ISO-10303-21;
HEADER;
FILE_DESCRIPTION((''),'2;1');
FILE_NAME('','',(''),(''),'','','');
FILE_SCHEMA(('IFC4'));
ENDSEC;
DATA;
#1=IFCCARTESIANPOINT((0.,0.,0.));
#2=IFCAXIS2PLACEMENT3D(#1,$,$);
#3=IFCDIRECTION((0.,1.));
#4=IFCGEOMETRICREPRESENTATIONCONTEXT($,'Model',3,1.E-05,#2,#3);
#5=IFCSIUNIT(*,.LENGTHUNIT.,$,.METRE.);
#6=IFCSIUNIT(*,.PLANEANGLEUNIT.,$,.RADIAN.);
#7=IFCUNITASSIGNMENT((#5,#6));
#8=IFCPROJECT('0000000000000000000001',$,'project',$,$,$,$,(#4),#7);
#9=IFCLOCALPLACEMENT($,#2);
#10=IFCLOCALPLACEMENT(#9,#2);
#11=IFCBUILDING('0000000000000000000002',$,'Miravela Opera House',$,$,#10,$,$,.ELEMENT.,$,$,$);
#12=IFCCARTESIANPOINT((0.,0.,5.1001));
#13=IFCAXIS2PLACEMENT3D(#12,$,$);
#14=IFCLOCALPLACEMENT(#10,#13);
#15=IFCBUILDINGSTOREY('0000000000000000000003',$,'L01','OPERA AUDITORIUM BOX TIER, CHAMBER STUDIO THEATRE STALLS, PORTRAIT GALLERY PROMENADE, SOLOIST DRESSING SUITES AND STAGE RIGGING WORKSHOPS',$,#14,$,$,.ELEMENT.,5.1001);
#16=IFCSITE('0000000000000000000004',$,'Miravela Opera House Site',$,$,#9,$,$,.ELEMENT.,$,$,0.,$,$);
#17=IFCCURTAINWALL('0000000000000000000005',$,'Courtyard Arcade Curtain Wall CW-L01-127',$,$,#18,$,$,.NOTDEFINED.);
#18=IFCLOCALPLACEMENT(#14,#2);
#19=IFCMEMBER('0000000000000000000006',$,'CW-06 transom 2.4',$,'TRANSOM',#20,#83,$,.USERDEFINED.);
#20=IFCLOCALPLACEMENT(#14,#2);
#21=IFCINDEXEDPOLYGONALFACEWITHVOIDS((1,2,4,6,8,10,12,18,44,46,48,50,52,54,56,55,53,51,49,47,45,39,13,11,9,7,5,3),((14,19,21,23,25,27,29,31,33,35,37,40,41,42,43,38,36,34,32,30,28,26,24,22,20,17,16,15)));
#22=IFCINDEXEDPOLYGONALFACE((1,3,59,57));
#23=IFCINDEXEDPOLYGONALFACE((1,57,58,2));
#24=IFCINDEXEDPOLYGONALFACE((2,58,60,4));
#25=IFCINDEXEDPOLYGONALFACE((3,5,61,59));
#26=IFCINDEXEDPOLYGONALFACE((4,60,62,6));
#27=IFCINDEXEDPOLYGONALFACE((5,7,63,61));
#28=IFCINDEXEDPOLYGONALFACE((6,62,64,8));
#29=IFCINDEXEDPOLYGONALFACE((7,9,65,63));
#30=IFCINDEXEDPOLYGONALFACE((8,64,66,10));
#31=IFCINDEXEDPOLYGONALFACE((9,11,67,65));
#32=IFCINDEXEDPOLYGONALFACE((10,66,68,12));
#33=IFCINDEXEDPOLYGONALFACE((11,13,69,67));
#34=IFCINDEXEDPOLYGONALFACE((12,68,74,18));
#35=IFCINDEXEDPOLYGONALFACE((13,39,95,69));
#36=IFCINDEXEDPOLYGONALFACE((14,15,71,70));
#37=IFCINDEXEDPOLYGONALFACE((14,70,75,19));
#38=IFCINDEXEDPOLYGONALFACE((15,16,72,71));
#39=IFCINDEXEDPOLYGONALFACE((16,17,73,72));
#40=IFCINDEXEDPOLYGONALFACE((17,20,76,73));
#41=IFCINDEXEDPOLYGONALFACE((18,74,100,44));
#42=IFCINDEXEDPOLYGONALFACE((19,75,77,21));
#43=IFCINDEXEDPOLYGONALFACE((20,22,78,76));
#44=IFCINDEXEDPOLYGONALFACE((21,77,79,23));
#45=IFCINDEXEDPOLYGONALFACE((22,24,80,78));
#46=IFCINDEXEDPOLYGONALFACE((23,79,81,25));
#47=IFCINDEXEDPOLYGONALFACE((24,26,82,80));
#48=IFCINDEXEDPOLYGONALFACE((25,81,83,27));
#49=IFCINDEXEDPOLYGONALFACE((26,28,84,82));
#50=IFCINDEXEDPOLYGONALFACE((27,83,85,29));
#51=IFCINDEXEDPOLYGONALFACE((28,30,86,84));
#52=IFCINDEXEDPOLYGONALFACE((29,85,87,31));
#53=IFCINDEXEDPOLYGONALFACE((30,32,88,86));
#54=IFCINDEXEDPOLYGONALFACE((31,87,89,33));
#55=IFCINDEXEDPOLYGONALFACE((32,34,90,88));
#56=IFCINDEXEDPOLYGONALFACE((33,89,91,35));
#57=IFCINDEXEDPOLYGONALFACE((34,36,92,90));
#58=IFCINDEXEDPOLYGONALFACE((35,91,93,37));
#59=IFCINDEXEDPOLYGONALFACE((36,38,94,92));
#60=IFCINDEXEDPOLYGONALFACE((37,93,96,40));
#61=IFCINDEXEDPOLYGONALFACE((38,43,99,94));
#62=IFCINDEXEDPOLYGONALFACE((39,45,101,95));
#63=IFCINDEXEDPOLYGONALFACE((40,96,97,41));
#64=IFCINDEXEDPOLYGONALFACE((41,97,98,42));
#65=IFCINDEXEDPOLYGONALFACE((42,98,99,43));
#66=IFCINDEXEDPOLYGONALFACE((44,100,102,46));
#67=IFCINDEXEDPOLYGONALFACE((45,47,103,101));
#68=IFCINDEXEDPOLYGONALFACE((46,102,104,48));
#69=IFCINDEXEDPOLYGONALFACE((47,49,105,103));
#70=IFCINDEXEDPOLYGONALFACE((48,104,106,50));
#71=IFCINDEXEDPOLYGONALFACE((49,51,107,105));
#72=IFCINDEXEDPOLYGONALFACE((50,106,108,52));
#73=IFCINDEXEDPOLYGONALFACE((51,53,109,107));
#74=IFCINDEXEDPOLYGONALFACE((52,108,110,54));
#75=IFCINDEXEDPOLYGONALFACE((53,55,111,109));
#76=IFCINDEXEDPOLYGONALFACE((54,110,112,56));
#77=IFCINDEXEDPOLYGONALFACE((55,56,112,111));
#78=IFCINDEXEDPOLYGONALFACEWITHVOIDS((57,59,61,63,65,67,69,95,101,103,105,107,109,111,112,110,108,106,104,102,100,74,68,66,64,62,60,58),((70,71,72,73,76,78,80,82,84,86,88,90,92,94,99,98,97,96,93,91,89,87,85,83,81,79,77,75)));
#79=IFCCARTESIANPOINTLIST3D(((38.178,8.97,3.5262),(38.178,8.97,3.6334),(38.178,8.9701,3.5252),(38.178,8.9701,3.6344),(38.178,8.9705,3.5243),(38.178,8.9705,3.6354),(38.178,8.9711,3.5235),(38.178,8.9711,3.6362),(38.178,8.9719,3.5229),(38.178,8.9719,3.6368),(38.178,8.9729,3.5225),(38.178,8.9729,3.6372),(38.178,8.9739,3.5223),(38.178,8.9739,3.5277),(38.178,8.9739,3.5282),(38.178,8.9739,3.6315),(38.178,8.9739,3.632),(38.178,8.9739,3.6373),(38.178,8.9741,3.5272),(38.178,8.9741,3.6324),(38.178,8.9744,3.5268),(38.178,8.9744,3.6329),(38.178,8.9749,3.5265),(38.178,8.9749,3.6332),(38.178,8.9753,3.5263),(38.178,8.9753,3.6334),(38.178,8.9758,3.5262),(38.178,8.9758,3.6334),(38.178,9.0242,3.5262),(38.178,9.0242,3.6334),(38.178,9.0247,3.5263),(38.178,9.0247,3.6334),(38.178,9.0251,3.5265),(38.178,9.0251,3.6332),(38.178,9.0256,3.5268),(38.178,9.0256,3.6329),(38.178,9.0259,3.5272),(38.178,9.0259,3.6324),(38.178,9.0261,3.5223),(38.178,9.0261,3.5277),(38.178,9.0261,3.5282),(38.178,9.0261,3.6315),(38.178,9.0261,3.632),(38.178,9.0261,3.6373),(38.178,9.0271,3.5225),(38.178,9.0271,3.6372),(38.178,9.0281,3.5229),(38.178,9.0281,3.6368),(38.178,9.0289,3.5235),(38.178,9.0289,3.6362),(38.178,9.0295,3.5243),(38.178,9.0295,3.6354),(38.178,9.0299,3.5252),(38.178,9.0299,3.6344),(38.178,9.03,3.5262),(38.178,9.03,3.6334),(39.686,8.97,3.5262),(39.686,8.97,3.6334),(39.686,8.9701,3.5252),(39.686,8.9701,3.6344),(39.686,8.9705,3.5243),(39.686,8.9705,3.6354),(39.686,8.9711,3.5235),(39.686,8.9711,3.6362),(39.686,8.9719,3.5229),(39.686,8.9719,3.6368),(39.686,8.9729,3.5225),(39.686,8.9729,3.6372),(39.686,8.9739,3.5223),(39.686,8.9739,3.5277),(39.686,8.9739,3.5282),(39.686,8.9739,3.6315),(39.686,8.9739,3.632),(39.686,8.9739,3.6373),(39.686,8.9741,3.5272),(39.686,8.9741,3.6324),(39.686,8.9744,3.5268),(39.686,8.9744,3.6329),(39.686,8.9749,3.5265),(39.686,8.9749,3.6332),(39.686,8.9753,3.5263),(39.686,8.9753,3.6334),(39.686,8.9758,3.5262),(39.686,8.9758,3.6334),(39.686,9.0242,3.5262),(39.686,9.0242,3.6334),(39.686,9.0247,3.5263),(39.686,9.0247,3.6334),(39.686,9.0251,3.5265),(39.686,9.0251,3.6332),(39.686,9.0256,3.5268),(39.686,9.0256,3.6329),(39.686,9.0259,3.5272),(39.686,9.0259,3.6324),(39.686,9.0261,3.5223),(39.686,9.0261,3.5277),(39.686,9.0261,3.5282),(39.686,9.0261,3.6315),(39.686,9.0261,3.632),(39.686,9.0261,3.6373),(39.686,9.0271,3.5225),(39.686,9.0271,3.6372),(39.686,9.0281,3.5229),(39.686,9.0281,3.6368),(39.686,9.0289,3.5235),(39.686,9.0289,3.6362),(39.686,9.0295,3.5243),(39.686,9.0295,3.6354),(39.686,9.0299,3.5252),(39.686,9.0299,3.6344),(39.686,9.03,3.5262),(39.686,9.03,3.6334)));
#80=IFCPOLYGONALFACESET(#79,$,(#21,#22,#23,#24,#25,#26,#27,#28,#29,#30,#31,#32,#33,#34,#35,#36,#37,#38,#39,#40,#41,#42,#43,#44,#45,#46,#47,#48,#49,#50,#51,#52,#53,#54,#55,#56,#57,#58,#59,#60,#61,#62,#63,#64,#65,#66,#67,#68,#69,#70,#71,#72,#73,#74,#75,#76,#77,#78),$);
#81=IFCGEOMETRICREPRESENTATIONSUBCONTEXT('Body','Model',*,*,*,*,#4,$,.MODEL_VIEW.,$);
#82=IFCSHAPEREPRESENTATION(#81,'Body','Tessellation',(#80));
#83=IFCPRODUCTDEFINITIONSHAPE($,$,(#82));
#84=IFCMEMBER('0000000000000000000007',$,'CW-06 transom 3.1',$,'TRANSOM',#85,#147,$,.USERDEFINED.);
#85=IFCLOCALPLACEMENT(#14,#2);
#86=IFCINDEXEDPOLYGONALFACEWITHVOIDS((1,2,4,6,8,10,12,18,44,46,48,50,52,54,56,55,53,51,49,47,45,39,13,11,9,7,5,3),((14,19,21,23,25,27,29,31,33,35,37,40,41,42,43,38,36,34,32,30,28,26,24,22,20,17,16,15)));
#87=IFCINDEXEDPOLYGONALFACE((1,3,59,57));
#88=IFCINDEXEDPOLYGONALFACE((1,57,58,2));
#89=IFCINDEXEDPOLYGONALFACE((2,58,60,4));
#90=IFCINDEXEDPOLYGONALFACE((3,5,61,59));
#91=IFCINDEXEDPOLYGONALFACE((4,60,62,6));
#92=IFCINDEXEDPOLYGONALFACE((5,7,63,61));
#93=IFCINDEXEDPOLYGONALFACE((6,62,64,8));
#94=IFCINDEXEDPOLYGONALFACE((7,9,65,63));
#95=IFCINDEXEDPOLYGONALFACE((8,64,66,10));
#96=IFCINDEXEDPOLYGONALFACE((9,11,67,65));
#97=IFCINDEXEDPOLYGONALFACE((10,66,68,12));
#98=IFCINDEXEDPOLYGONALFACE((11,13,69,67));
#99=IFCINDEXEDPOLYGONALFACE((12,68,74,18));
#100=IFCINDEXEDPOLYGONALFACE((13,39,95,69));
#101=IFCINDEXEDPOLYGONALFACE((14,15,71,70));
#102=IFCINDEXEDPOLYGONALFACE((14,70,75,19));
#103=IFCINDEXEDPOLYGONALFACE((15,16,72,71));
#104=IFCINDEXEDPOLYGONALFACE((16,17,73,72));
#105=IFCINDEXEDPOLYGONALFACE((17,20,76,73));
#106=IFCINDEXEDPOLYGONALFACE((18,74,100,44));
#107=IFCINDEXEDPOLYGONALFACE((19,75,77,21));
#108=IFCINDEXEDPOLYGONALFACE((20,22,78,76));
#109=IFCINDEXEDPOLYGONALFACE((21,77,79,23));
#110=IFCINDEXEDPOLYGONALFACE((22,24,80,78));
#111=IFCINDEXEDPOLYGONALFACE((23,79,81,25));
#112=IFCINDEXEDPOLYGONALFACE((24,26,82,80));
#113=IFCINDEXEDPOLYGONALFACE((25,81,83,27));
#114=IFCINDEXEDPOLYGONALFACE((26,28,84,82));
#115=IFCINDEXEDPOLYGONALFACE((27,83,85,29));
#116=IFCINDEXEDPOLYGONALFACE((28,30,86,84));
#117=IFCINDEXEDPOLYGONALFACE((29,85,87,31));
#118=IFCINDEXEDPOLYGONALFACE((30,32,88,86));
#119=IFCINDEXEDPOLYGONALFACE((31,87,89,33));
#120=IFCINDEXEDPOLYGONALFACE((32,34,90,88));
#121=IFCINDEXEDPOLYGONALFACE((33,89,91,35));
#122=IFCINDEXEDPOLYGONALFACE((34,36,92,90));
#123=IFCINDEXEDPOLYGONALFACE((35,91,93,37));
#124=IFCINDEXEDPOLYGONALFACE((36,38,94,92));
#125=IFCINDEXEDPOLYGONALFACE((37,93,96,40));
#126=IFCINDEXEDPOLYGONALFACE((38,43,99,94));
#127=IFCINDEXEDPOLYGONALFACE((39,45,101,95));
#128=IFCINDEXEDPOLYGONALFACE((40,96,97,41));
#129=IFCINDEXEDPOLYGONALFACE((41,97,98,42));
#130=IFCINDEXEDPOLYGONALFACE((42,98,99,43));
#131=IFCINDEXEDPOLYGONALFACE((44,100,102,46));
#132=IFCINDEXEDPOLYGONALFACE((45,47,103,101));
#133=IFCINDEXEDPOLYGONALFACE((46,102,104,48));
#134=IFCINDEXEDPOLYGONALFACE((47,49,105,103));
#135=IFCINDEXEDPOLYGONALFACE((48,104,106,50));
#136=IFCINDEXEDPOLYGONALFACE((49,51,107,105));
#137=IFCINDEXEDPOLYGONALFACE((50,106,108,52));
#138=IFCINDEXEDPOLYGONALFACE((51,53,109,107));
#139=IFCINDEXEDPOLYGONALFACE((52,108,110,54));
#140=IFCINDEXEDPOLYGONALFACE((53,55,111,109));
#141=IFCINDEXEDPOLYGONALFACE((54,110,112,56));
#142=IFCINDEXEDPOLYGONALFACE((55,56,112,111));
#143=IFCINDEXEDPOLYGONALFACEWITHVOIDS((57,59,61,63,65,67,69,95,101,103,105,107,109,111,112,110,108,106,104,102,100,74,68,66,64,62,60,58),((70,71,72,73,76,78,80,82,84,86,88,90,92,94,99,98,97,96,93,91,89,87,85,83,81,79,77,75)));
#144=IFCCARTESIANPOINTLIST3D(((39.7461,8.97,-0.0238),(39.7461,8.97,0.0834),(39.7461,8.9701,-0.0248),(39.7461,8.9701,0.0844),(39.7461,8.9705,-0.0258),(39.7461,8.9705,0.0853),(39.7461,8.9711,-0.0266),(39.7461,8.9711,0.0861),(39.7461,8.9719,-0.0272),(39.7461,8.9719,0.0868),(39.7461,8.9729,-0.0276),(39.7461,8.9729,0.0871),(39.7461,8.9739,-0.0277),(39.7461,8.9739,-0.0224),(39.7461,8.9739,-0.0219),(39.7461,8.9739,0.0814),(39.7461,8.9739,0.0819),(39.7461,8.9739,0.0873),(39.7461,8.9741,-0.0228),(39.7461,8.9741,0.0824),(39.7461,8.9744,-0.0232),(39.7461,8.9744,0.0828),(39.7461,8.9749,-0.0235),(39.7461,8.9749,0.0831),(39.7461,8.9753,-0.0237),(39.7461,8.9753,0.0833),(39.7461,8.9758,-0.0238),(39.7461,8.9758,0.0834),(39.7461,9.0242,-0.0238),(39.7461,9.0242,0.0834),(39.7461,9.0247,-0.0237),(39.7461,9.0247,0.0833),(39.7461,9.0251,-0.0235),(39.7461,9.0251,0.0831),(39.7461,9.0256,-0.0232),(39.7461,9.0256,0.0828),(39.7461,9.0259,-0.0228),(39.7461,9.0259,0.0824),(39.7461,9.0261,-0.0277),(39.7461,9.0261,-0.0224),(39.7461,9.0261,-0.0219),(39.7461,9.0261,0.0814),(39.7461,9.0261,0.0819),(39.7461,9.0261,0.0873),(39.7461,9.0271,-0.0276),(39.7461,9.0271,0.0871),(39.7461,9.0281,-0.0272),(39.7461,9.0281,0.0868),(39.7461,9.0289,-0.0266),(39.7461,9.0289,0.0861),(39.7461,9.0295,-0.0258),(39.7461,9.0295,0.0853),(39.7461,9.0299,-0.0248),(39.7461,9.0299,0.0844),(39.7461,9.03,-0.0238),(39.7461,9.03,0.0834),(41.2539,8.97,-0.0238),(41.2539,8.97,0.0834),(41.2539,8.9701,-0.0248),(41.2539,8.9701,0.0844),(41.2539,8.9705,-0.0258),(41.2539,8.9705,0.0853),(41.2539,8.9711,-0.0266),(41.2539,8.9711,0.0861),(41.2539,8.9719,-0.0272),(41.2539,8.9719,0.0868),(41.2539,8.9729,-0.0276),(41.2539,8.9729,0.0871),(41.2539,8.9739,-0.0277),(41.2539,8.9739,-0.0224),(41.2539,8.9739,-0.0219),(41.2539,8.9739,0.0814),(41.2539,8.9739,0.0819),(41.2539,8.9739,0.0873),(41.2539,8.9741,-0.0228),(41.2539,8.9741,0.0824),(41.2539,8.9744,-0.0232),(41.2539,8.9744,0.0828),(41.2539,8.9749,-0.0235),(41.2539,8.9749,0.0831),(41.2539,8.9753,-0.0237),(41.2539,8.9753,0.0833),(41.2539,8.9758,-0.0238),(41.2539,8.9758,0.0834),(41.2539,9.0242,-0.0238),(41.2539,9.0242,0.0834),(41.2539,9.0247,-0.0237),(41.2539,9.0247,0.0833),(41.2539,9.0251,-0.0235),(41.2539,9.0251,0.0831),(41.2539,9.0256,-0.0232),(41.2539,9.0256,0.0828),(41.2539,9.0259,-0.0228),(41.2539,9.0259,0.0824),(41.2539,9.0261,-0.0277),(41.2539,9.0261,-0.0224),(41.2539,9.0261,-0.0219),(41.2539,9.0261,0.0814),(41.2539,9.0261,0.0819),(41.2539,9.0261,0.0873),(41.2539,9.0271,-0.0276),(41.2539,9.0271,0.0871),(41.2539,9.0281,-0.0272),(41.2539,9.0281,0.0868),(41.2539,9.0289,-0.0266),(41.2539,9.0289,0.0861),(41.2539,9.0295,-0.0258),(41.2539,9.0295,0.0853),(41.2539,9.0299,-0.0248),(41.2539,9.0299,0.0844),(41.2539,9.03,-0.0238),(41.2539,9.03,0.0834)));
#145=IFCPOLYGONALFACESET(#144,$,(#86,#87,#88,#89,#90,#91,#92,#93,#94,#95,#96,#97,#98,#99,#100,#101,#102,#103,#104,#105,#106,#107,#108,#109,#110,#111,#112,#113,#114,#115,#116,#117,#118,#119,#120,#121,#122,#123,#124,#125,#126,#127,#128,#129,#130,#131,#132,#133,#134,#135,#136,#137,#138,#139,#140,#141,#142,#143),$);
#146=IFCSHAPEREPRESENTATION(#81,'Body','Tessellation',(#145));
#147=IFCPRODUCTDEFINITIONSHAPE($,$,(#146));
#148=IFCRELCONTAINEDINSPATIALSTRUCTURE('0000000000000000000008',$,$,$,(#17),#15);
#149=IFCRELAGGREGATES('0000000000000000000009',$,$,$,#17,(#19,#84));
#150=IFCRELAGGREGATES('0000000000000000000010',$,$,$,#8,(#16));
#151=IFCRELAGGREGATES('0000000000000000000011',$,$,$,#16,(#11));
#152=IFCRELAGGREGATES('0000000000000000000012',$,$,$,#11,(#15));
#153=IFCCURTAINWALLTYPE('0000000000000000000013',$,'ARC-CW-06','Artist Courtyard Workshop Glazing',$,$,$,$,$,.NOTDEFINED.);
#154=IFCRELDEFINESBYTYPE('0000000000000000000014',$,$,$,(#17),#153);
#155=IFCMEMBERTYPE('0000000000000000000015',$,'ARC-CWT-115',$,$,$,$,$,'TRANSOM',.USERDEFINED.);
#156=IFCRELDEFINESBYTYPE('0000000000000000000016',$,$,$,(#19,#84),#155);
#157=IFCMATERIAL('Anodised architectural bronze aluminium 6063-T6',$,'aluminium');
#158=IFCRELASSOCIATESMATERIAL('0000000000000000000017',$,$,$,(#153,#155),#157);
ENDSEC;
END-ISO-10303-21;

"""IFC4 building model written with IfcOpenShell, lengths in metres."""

from ifc_helpers import new_model, si_unit, direction, frame, origin, origin_2d, place, context, subcontext, project, spatial, hollow_rectangle, extrude, material, material_profile, profile_set, type_object, element, aggregate, save


model = new_model("IFC4")

# Units and contexts
model_context = context("Model", 3, precision=1e-05, world=origin(), true_north=direction((0.0, 1.0)))
body_context = subcontext(model_context, "Body", "Model", "MODEL_VIEW")
ifc_project = project(units=[si_unit("LENGTHUNIT", "METRE"), si_unit("PLANEANGLEUNIT", "RADIAN")], contexts=[model_context])

# Site, building, storey
site_placement = place(None, origin())
site = spatial("IfcSite", under=ifc_project, at=site_placement, Name="Miravela Opera House Site", CompositionType="ELEMENT", RefElevation=0.0)
building_placement = place(site_placement, origin())
building = spatial("IfcBuilding", under=site, at=building_placement, Name="Miravela Opera House", CompositionType="ELEMENT")
storey_placement = place(building_placement, frame((0.0, 0.0, 5.1001)))
storey = spatial("IfcBuildingStorey", under=building, at=storey_placement, Name="L01", Description="OPERA AUDITORIUM BOX TIER, CHAMBER STUDIO THEATRE STALLS, PORTRAIT GALLERY PROMENADE, SOLOIST DRESSING SUITES AND STAGE RIGGING WORKSHOPS", CompositionType="ELEMENT", Elevation=5.1001)

# Shared definitions
ifc_material_1 = material(Name="Anodised architectural bronze aluminium 6063-T6", Category="aluminium")
curtain_wall_type = type_object("IfcCurtainWallType", Name="ARC-CW-06", Description="Artist Courtyard Workshop Glazing", PredefinedType="NOTDEFINED", material=ifc_material_1)

# Curtain wall
curtain_wall_1_placement = place(storey_placement, origin())
curtain_wall_1 = element("IfcCurtainWall", 1, at=curtain_wall_1_placement, inside=storey, type_object=curtain_wall_type, Name="Courtyard Arcade Curtain Wall CW-L01-127", PredefinedType="NOTDEFINED")

# Members
ifc_material_profile_1 = material_profile(ifc_material_1, hollow_rectangle(XDim=0.0601, YDim=0.115, WallThickness=0.0039, InnerFilletRadius=0.002, OuterFilletRadius=0.0039, at=origin_2d()), Name="CWT-60X115")
ifc_profile_set_1 = profile_set([ifc_material_profile_1])
member_type_1 = type_object("IfcMemberType", Name="ARC-CWT-115", ElementType="TRANSOM", PredefinedType="USERDEFINED", material=ifc_profile_set_1)
member_1_placement = place(storey_placement, frame((38.178, 9.0, 3.5798), z_axis=(1.0, 0.0, 0.0), x_axis=(0.0, 1.0, 0.0)))
member_1 = element("IfcMember", 2, at=member_1_placement, type_object=member_type_1, Name="CW-06 transom 2.4", ObjectType="TRANSOM", PredefinedType="USERDEFINED", context=body_context, shape_type="SweptSolid", body=[
    extrude(hollow_rectangle(XDim=0.0601, YDim=0.115, WallThickness=0.0039, InnerFilletRadius=0.002, OuterFilletRadius=0.0039, at=origin_2d()), origin(), (0.0, 0.0, 1.0), 1.5081),
])
member_2_placement = place(storey_placement, frame((39.7461, 9.0, 0.0298), z_axis=(1.0, 0.0, 0.0), x_axis=(0.0, 1.0, 0.0)))
member_2 = element("IfcMember", 3, at=member_2_placement, type_object=member_type_1, Name="CW-06 transom 3.1", ObjectType="TRANSOM", PredefinedType="USERDEFINED", context=body_context, shape_type="SweptSolid", body=[
    extrude(hollow_rectangle(XDim=0.0601, YDim=0.115, WallThickness=0.0039, InnerFilletRadius=0.002, OuterFilletRadius=0.0039, at=origin_2d()), origin(), (0.0, 0.0, 1.0), 1.5078),
])

aggregate(curtain_wall_1, [member_1, member_2])

save(model, "model.ifc")
